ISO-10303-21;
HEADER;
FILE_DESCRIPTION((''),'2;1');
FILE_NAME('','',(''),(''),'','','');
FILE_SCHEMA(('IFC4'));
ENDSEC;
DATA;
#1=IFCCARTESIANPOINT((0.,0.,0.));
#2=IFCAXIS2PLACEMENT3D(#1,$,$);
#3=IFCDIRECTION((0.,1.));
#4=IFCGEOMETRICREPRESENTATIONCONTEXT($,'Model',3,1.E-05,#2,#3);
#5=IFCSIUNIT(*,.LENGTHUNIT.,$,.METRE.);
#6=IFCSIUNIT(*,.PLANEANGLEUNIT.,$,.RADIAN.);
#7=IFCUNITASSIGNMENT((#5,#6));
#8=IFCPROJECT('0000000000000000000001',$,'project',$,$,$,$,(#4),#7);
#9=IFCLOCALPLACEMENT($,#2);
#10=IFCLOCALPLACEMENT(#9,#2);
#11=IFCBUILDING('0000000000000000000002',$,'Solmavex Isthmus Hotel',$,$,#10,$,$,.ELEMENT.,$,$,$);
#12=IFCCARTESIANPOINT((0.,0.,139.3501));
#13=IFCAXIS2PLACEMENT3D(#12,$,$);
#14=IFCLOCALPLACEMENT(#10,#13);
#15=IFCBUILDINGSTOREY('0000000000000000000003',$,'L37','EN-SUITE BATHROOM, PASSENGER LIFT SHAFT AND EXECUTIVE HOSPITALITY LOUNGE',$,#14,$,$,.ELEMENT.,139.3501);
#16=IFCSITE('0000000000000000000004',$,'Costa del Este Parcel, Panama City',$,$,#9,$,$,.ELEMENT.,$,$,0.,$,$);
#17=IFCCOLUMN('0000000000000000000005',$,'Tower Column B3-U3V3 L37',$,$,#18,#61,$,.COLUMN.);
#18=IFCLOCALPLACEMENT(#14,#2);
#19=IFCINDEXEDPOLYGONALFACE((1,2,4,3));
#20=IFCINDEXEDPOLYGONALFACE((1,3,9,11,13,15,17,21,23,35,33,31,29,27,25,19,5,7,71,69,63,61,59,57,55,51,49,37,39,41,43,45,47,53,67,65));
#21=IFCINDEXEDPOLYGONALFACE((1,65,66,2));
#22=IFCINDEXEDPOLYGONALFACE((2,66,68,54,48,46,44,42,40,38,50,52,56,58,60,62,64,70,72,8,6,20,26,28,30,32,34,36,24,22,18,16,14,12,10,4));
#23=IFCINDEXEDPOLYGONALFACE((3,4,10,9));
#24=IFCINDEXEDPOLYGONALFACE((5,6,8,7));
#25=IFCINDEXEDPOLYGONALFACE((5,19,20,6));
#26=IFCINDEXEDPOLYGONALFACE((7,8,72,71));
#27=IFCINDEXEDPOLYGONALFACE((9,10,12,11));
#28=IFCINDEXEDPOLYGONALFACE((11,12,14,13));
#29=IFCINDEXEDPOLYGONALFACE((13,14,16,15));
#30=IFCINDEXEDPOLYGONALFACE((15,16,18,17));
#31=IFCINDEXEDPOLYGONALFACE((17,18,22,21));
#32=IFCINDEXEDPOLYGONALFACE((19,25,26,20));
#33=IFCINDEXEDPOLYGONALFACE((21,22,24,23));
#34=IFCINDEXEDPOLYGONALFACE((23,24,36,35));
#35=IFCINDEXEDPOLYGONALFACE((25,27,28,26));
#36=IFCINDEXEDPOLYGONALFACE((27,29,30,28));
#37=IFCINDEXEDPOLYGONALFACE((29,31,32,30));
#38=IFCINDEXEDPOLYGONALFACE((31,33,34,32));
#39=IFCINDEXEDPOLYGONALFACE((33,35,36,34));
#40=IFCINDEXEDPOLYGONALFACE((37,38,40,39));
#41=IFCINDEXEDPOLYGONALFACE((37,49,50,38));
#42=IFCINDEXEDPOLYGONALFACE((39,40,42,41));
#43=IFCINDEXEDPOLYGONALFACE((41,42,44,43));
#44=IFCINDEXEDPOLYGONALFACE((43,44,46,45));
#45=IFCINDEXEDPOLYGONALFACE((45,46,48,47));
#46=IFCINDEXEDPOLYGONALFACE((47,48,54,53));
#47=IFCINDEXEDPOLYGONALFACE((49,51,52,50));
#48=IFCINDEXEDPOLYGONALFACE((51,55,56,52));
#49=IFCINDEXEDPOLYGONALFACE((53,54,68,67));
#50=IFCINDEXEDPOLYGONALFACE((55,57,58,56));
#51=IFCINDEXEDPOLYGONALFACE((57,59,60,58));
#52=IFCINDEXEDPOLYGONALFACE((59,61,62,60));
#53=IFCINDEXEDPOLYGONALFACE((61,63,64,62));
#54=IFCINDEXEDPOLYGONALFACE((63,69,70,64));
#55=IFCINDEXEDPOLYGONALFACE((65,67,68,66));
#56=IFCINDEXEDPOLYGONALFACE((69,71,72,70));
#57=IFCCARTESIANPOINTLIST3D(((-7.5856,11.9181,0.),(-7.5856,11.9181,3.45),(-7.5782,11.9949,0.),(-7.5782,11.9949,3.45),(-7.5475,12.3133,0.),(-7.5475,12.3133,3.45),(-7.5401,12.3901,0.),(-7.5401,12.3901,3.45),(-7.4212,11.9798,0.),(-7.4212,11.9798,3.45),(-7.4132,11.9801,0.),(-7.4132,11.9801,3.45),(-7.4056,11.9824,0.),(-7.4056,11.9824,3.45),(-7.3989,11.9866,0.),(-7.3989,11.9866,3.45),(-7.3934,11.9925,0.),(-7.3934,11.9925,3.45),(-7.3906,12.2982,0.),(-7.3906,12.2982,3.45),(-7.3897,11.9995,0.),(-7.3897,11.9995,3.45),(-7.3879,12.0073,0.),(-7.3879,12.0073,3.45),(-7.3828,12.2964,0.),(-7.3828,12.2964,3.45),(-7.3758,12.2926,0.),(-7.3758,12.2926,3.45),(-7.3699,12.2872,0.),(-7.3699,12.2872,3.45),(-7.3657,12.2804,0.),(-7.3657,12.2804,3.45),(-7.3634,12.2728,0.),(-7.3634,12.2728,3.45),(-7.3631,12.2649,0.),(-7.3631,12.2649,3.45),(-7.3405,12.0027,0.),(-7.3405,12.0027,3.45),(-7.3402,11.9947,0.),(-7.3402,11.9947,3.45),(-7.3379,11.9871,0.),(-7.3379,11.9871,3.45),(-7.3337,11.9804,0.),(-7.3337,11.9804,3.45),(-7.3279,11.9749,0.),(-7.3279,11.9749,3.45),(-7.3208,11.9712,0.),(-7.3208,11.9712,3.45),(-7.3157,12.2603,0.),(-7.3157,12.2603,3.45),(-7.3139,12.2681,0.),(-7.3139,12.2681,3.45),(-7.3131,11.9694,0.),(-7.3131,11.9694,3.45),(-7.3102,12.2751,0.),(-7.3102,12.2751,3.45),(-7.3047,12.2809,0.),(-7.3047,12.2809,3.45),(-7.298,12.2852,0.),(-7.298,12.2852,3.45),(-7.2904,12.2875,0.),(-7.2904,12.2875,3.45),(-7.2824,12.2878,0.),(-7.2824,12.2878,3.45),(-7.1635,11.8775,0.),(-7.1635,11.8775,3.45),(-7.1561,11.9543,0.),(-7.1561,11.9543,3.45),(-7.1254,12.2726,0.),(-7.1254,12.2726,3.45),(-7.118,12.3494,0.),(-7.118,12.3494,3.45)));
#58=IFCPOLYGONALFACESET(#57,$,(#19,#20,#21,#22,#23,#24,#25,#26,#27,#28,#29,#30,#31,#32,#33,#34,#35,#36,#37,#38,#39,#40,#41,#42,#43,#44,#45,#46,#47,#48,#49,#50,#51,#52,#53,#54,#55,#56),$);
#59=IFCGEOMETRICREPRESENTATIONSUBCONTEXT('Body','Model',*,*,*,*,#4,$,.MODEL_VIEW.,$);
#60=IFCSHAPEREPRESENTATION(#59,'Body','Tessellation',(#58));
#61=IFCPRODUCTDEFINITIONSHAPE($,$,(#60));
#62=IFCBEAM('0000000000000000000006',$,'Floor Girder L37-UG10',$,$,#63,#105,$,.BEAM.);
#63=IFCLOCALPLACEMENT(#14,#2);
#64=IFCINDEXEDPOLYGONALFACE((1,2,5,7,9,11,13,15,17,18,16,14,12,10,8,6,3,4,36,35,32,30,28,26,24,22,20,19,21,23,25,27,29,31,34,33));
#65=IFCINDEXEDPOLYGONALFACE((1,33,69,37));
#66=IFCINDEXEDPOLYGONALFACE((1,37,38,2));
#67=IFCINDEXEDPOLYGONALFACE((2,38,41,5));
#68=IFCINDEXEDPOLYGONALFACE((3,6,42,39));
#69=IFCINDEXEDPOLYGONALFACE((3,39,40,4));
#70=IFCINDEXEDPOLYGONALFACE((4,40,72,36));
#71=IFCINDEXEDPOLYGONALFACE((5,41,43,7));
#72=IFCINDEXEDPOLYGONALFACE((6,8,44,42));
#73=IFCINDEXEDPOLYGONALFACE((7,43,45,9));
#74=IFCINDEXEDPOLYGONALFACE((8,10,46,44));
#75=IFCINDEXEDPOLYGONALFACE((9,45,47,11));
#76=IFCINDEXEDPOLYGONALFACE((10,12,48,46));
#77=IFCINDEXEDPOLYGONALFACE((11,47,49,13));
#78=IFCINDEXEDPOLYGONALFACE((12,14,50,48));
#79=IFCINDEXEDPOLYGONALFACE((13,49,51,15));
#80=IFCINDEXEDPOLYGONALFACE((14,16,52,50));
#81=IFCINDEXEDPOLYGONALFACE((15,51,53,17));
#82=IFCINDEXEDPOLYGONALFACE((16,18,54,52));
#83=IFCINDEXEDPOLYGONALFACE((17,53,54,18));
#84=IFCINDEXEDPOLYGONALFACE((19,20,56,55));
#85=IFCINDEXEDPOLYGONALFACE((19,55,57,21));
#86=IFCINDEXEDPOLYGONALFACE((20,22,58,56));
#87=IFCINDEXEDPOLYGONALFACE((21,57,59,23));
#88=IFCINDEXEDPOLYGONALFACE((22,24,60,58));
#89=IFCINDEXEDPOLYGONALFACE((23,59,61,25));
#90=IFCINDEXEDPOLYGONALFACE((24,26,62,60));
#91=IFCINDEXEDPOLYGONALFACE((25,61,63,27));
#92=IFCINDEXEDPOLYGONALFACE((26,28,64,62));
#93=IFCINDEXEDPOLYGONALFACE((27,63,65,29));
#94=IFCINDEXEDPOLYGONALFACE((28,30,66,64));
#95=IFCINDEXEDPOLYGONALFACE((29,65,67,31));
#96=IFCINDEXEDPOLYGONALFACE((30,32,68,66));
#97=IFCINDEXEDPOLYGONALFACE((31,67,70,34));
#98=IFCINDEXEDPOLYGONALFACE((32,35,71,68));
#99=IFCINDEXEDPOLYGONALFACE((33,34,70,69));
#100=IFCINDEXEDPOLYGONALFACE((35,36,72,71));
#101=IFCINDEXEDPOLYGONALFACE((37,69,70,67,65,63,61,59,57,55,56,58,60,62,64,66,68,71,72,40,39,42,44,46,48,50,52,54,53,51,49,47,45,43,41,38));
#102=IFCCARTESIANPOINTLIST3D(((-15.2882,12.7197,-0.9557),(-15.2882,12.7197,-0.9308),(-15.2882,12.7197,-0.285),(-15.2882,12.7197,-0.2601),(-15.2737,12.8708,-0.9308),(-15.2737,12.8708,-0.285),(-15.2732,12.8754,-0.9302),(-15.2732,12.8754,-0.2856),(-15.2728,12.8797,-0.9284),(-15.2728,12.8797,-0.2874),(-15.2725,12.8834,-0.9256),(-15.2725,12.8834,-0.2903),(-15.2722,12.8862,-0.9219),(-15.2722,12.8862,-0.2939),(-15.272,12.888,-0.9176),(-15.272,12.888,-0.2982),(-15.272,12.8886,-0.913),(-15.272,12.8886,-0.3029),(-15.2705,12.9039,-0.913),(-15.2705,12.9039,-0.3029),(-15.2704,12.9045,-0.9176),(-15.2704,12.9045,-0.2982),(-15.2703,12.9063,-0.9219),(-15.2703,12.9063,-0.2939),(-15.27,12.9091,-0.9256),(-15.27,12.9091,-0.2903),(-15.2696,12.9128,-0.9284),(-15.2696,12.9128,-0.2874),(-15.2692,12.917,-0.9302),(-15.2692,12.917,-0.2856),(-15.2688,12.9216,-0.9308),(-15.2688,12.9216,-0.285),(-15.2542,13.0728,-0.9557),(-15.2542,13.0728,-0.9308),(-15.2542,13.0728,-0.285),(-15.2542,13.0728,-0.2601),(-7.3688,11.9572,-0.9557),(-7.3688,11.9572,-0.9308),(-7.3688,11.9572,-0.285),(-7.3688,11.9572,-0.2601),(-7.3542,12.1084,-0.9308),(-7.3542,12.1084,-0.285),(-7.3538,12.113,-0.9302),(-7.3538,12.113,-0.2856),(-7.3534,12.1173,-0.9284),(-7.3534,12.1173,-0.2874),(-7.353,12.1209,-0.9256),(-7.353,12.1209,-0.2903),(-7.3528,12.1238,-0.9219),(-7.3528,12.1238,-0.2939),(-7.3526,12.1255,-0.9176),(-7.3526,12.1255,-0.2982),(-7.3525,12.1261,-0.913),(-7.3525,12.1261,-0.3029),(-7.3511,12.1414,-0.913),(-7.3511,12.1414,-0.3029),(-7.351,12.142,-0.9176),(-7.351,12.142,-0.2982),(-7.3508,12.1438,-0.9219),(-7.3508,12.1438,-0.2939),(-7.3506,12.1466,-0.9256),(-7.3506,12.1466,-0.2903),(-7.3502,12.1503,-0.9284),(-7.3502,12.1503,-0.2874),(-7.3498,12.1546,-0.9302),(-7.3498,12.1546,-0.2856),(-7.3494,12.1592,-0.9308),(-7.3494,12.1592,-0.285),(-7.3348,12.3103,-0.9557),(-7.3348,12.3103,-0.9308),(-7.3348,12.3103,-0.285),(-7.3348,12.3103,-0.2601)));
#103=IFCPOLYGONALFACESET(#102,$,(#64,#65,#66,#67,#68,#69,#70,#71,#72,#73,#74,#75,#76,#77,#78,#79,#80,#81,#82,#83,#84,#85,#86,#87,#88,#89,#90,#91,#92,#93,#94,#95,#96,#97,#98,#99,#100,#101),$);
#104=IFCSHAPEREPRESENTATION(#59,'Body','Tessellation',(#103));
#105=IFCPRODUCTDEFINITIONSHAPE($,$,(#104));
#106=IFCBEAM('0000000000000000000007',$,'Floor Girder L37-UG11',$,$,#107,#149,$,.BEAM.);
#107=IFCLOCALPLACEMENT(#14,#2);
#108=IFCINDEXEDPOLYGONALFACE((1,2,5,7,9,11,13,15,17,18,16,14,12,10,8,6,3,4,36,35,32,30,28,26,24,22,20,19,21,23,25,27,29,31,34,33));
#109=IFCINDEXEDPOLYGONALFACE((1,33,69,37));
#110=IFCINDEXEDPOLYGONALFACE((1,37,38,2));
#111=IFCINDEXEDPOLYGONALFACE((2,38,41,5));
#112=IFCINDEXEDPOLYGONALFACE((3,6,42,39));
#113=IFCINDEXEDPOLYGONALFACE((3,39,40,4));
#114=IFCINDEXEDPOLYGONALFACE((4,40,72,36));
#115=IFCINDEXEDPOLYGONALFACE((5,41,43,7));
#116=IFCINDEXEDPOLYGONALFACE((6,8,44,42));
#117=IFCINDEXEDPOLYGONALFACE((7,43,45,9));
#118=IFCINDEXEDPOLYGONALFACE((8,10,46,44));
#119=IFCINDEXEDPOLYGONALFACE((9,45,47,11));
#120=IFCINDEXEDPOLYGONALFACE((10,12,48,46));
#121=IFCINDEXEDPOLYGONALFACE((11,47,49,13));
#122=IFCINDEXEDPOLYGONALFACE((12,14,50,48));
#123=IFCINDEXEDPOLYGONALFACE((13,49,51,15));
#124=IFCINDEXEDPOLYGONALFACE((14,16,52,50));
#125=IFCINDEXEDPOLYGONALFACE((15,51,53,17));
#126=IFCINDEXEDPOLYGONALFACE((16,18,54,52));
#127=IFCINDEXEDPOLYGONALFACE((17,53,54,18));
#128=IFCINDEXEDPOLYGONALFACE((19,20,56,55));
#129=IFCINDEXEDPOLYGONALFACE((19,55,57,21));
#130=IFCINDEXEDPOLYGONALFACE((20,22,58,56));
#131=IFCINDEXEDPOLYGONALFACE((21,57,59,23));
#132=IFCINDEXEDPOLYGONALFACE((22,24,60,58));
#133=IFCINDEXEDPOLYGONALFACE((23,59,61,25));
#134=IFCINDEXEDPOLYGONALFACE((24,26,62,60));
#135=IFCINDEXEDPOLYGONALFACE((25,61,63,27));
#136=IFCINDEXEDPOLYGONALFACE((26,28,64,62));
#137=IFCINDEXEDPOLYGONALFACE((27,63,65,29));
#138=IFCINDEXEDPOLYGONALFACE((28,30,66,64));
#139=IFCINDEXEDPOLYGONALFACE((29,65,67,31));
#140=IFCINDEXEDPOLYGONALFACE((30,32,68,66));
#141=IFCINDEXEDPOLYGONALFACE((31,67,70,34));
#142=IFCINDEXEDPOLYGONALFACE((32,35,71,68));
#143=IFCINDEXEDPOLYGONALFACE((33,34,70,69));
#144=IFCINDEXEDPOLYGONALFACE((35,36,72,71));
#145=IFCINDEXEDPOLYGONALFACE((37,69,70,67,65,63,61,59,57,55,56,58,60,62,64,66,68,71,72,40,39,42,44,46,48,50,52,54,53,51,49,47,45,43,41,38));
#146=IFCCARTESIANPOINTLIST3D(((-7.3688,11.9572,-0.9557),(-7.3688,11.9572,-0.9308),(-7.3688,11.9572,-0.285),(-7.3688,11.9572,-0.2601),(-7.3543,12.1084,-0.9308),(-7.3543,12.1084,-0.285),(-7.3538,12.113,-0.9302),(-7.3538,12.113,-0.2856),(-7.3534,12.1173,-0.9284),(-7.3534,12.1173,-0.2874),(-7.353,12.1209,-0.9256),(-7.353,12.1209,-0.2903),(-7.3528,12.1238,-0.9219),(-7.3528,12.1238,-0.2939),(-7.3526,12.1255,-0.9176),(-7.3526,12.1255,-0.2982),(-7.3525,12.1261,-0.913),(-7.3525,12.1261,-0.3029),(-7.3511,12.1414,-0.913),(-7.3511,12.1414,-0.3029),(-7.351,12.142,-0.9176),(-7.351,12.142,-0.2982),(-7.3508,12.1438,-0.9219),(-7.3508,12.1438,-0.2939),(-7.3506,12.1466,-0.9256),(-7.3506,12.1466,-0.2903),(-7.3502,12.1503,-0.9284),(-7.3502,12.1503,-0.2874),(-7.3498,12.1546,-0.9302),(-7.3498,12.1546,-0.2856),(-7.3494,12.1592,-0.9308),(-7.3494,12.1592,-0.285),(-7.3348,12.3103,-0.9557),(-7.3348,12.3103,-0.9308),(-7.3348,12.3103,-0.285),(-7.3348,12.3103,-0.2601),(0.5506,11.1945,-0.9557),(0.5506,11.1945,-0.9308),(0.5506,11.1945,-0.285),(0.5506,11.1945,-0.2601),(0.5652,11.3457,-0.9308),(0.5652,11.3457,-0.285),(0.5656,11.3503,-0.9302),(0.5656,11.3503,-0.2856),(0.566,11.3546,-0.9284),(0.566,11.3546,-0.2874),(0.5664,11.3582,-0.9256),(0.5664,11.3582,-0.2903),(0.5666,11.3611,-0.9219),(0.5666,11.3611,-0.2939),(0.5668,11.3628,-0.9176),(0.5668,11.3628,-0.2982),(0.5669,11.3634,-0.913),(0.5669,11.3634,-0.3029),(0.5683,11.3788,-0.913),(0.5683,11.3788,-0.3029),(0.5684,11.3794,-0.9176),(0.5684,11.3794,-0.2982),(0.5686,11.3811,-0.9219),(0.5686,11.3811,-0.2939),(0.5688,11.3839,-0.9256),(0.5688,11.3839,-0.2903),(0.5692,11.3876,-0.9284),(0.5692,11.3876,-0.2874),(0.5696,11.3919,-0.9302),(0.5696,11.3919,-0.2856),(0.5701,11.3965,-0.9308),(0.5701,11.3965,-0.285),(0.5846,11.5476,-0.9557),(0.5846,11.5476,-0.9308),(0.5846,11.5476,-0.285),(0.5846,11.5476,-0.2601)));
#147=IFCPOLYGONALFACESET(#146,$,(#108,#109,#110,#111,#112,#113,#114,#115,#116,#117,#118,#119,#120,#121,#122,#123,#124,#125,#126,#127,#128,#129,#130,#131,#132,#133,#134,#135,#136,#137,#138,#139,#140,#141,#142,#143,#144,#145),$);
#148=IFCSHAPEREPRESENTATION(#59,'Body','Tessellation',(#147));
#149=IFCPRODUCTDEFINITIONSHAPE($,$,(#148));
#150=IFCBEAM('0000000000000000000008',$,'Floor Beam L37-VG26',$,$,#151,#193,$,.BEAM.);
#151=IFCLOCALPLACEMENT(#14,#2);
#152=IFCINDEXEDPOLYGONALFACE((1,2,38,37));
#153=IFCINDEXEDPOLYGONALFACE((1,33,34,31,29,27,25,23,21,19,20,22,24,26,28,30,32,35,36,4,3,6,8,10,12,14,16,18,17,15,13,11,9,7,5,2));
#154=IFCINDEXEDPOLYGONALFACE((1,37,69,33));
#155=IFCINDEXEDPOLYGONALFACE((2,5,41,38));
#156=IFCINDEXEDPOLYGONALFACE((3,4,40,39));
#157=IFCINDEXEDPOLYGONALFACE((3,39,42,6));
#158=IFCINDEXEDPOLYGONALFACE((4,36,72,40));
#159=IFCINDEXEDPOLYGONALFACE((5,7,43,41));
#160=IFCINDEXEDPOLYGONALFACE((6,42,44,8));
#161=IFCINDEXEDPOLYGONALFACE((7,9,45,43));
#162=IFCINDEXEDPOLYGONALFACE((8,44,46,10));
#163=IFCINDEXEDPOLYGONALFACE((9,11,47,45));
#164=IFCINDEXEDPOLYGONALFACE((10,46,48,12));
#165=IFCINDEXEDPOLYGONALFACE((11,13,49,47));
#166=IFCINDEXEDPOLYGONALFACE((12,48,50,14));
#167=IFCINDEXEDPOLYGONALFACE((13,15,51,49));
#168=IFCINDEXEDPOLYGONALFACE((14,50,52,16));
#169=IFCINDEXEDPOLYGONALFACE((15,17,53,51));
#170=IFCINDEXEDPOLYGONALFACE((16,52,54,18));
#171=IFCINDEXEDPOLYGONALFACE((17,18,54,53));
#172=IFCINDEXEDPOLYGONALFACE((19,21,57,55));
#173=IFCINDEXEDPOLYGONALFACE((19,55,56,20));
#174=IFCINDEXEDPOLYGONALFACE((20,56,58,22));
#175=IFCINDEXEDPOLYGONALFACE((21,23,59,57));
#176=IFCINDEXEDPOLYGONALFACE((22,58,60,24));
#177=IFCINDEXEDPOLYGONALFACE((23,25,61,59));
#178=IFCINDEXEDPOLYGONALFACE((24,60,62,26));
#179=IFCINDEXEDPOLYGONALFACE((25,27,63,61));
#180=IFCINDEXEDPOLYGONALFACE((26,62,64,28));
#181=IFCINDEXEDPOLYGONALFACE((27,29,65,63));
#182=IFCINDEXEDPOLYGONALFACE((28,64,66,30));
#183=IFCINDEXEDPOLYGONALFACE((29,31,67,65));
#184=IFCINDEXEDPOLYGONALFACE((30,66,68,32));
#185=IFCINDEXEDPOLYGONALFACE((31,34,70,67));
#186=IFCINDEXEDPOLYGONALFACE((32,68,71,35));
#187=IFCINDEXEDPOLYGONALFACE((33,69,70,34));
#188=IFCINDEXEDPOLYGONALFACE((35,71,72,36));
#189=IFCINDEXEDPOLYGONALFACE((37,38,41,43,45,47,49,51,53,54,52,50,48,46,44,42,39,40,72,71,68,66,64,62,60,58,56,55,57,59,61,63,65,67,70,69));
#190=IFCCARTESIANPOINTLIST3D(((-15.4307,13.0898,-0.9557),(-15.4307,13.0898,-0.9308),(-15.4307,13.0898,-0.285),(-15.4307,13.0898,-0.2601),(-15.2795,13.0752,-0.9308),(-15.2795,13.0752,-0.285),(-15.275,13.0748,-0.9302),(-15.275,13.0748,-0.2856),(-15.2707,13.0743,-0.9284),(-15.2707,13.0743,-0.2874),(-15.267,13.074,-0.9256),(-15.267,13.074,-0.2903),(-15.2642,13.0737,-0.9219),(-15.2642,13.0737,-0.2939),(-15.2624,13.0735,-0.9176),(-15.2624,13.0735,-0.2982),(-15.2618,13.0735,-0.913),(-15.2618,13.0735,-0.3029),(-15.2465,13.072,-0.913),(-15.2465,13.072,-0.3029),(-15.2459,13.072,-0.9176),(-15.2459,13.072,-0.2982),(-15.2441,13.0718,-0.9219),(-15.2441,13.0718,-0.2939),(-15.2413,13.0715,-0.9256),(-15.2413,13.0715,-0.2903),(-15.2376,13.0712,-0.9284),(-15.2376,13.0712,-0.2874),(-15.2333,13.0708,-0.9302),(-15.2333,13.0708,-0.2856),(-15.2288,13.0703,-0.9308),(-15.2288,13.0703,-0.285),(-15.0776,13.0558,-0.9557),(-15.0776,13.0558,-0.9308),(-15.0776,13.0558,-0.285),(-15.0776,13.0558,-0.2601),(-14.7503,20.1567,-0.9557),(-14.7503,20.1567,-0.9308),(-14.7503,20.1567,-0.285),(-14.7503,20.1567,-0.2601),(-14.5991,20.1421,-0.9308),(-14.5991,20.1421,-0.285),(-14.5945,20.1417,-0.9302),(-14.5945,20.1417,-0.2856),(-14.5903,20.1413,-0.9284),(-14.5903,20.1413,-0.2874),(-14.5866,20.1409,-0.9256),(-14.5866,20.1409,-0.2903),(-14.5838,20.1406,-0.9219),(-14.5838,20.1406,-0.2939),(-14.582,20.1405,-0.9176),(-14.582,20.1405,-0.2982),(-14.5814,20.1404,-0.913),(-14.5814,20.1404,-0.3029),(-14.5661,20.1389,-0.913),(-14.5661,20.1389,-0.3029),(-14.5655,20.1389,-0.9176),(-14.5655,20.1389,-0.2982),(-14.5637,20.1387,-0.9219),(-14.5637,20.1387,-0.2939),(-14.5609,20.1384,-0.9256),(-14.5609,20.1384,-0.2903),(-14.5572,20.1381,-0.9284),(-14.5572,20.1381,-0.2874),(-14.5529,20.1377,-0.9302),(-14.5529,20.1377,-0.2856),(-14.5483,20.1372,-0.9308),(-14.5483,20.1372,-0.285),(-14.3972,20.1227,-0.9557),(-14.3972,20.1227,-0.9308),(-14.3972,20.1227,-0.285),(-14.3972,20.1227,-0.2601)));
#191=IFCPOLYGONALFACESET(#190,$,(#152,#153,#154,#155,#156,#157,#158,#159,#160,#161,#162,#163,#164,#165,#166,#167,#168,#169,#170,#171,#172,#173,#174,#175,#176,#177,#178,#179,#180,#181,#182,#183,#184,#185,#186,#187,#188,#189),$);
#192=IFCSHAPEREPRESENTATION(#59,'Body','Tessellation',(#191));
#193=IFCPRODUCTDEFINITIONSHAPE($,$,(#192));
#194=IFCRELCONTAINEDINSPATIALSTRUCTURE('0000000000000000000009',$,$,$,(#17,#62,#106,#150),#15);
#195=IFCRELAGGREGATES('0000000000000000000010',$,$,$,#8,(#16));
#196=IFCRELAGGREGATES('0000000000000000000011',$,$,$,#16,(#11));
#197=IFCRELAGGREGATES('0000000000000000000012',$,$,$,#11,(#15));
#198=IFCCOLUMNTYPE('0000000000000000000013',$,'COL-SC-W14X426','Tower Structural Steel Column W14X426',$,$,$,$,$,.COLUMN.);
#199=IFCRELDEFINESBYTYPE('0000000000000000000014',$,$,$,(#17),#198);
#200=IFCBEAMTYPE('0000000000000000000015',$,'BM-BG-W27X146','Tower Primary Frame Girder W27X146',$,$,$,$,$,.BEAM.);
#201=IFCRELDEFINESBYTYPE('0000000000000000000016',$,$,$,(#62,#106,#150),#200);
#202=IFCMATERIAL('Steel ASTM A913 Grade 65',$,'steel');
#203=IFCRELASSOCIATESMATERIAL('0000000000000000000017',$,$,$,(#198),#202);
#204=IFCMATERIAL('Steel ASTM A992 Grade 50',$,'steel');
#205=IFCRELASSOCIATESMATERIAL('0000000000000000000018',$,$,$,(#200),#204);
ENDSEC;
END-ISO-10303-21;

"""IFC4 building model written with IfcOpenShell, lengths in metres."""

from ifc_helpers import new_model, si_unit, direction, frame, origin, origin_2d, place, context, subcontext, project, spatial, i_section, extrude, material, material_profile, profile_set, type_object, element, save


model = new_model("IFC4")

# Units and contexts
model_context = context("Model", 3, precision=1e-05, world=origin(), true_north=direction((0.0, 1.0)))
body_context = subcontext(model_context, "Body", "Model", "MODEL_VIEW")
ifc_project = project(units=[si_unit("LENGTHUNIT", "METRE"), si_unit("PLANEANGLEUNIT", "RADIAN")], contexts=[model_context])

# Site, building, storey
site_placement = place(None, origin())
site = spatial("IfcSite", under=ifc_project, at=site_placement, Name="Costa del Este Parcel, Panama City", CompositionType="ELEMENT", RefElevation=0.0)
building_placement = place(site_placement, origin())
building = spatial("IfcBuilding", under=site, at=building_placement, Name="Solmavex Isthmus Hotel", CompositionType="ELEMENT")
storey_placement = place(building_placement, frame((0.0, 0.0, 139.3501)))
storey = spatial("IfcBuildingStorey", under=building, at=storey_placement, Name="L37", Description="EN-SUITE BATHROOM, PASSENGER LIFT SHAFT AND EXECUTIVE HOSPITALITY LOUNGE", CompositionType="ELEMENT", Elevation=139.3501)

# Column
ifc_material_1 = material(Name="Steel ASTM A913 Grade 65", Category="steel")
ifc_material_profile_1 = material_profile(ifc_material_1, i_section(OverallWidth=0.4241, OverallDepth=0.4741, WebThickness=0.0476, FlangeThickness=0.0771, FilletRadius=0.0305, at=origin_2d()), Name="W14X426")
ifc_profile_set_1 = profile_set([ifc_material_profile_1], Name="Steel ASTM A913 Grade 65")
column_type = type_object("IfcColumnType", Name="COL-SC-W14X426", Description="Tower Structural Steel Column W14X426", PredefinedType="COLUMN", material=ifc_profile_set_1)
column_placement = place(storey_placement, frame((-7.3518, 12.1338, 0.0), z_axis=(0.0, 0.0, 1.0), x_axis=(0.995396, -0.095846, 0.0)))
element("IfcColumn", 1, at=column_placement, inside=storey, type_object=column_type, Name="Tower Column B3-U3V3 L37", PredefinedType="COLUMN", context=body_context, shape_type="SweptSolid", body=[
    extrude(i_section(OverallWidth=0.4241, OverallDepth=0.4741, WebThickness=0.0476, FlangeThickness=0.0771, FilletRadius=0.0305, at=origin_2d()), origin(), (0.0, 0.0, 1.0), 3.45),
])

# Beams
ifc_material_2 = material(Name="Steel ASTM A992 Grade 50", Category="steel")
ifc_material_profile_2 = material_profile(ifc_material_2, i_section(OverallWidth=0.3547, OverallDepth=0.6956, WebThickness=0.0154, FlangeThickness=0.0249, FilletRadius=0.0178, at=origin_2d()), Name="W27X146")
ifc_profile_set_2 = profile_set([ifc_material_profile_2], Name="Steel ASTM A992 Grade 50")
beam_type_1 = type_object("IfcBeamType", Name="BM-BG-W27X146", Description="Tower Primary Frame Girder W27X146", PredefinedType="BEAM", material=ifc_profile_set_2)
for number, where, z_axis, x_axis, name in (
    (2, (-15.2712, 12.8962, -0.6079), (0.995397, -0.095833, 0.0), (0.095833, 0.995397, 0.0), "Floor Girder L37-UG10"),
    (3, (-7.3518, 12.1338, -0.6079), (0.995395, -0.095863, 0.0), (0.095863, 0.995395, 0.0), "Floor Girder L37-UG11"),
):
    element("IfcBeam", number, at=place(storey_placement, frame(where, z_axis=z_axis, x_axis=x_axis)), inside=storey, type_object=beam_type_1, Name=name, PredefinedType="BEAM", context=body_context, shape_type="SweptSolid", body=[
        extrude(i_section(OverallWidth=0.3547, OverallDepth=0.6956, WebThickness=0.0154, FlangeThickness=0.0249, FilletRadius=0.0178, at=origin_2d()), origin(), (0.0, 0.0, 1.0), 7.9561),
    ])
beam_1_placement = place(storey_placement, frame((-15.2542, 13.0728, -0.6079), z_axis=(0.09584, 0.995397, 0.0), x_axis=(-0.995397, 0.09584, 0.0)))
element("IfcBeam", 4, at=beam_1_placement, inside=storey, type_object=beam_type_1, Name="Floor Beam L37-VG26", PredefinedType="BEAM", context=body_context, shape_type="SweptSolid", body=[
    extrude(i_section(OverallWidth=0.3547, OverallDepth=0.6956, WebThickness=0.0154, FlangeThickness=0.0249, FilletRadius=0.0178, at=origin_2d()), origin(), (0.0, 0.0, 1.0), 7.0996),
])

save(model, "model.ifc")
